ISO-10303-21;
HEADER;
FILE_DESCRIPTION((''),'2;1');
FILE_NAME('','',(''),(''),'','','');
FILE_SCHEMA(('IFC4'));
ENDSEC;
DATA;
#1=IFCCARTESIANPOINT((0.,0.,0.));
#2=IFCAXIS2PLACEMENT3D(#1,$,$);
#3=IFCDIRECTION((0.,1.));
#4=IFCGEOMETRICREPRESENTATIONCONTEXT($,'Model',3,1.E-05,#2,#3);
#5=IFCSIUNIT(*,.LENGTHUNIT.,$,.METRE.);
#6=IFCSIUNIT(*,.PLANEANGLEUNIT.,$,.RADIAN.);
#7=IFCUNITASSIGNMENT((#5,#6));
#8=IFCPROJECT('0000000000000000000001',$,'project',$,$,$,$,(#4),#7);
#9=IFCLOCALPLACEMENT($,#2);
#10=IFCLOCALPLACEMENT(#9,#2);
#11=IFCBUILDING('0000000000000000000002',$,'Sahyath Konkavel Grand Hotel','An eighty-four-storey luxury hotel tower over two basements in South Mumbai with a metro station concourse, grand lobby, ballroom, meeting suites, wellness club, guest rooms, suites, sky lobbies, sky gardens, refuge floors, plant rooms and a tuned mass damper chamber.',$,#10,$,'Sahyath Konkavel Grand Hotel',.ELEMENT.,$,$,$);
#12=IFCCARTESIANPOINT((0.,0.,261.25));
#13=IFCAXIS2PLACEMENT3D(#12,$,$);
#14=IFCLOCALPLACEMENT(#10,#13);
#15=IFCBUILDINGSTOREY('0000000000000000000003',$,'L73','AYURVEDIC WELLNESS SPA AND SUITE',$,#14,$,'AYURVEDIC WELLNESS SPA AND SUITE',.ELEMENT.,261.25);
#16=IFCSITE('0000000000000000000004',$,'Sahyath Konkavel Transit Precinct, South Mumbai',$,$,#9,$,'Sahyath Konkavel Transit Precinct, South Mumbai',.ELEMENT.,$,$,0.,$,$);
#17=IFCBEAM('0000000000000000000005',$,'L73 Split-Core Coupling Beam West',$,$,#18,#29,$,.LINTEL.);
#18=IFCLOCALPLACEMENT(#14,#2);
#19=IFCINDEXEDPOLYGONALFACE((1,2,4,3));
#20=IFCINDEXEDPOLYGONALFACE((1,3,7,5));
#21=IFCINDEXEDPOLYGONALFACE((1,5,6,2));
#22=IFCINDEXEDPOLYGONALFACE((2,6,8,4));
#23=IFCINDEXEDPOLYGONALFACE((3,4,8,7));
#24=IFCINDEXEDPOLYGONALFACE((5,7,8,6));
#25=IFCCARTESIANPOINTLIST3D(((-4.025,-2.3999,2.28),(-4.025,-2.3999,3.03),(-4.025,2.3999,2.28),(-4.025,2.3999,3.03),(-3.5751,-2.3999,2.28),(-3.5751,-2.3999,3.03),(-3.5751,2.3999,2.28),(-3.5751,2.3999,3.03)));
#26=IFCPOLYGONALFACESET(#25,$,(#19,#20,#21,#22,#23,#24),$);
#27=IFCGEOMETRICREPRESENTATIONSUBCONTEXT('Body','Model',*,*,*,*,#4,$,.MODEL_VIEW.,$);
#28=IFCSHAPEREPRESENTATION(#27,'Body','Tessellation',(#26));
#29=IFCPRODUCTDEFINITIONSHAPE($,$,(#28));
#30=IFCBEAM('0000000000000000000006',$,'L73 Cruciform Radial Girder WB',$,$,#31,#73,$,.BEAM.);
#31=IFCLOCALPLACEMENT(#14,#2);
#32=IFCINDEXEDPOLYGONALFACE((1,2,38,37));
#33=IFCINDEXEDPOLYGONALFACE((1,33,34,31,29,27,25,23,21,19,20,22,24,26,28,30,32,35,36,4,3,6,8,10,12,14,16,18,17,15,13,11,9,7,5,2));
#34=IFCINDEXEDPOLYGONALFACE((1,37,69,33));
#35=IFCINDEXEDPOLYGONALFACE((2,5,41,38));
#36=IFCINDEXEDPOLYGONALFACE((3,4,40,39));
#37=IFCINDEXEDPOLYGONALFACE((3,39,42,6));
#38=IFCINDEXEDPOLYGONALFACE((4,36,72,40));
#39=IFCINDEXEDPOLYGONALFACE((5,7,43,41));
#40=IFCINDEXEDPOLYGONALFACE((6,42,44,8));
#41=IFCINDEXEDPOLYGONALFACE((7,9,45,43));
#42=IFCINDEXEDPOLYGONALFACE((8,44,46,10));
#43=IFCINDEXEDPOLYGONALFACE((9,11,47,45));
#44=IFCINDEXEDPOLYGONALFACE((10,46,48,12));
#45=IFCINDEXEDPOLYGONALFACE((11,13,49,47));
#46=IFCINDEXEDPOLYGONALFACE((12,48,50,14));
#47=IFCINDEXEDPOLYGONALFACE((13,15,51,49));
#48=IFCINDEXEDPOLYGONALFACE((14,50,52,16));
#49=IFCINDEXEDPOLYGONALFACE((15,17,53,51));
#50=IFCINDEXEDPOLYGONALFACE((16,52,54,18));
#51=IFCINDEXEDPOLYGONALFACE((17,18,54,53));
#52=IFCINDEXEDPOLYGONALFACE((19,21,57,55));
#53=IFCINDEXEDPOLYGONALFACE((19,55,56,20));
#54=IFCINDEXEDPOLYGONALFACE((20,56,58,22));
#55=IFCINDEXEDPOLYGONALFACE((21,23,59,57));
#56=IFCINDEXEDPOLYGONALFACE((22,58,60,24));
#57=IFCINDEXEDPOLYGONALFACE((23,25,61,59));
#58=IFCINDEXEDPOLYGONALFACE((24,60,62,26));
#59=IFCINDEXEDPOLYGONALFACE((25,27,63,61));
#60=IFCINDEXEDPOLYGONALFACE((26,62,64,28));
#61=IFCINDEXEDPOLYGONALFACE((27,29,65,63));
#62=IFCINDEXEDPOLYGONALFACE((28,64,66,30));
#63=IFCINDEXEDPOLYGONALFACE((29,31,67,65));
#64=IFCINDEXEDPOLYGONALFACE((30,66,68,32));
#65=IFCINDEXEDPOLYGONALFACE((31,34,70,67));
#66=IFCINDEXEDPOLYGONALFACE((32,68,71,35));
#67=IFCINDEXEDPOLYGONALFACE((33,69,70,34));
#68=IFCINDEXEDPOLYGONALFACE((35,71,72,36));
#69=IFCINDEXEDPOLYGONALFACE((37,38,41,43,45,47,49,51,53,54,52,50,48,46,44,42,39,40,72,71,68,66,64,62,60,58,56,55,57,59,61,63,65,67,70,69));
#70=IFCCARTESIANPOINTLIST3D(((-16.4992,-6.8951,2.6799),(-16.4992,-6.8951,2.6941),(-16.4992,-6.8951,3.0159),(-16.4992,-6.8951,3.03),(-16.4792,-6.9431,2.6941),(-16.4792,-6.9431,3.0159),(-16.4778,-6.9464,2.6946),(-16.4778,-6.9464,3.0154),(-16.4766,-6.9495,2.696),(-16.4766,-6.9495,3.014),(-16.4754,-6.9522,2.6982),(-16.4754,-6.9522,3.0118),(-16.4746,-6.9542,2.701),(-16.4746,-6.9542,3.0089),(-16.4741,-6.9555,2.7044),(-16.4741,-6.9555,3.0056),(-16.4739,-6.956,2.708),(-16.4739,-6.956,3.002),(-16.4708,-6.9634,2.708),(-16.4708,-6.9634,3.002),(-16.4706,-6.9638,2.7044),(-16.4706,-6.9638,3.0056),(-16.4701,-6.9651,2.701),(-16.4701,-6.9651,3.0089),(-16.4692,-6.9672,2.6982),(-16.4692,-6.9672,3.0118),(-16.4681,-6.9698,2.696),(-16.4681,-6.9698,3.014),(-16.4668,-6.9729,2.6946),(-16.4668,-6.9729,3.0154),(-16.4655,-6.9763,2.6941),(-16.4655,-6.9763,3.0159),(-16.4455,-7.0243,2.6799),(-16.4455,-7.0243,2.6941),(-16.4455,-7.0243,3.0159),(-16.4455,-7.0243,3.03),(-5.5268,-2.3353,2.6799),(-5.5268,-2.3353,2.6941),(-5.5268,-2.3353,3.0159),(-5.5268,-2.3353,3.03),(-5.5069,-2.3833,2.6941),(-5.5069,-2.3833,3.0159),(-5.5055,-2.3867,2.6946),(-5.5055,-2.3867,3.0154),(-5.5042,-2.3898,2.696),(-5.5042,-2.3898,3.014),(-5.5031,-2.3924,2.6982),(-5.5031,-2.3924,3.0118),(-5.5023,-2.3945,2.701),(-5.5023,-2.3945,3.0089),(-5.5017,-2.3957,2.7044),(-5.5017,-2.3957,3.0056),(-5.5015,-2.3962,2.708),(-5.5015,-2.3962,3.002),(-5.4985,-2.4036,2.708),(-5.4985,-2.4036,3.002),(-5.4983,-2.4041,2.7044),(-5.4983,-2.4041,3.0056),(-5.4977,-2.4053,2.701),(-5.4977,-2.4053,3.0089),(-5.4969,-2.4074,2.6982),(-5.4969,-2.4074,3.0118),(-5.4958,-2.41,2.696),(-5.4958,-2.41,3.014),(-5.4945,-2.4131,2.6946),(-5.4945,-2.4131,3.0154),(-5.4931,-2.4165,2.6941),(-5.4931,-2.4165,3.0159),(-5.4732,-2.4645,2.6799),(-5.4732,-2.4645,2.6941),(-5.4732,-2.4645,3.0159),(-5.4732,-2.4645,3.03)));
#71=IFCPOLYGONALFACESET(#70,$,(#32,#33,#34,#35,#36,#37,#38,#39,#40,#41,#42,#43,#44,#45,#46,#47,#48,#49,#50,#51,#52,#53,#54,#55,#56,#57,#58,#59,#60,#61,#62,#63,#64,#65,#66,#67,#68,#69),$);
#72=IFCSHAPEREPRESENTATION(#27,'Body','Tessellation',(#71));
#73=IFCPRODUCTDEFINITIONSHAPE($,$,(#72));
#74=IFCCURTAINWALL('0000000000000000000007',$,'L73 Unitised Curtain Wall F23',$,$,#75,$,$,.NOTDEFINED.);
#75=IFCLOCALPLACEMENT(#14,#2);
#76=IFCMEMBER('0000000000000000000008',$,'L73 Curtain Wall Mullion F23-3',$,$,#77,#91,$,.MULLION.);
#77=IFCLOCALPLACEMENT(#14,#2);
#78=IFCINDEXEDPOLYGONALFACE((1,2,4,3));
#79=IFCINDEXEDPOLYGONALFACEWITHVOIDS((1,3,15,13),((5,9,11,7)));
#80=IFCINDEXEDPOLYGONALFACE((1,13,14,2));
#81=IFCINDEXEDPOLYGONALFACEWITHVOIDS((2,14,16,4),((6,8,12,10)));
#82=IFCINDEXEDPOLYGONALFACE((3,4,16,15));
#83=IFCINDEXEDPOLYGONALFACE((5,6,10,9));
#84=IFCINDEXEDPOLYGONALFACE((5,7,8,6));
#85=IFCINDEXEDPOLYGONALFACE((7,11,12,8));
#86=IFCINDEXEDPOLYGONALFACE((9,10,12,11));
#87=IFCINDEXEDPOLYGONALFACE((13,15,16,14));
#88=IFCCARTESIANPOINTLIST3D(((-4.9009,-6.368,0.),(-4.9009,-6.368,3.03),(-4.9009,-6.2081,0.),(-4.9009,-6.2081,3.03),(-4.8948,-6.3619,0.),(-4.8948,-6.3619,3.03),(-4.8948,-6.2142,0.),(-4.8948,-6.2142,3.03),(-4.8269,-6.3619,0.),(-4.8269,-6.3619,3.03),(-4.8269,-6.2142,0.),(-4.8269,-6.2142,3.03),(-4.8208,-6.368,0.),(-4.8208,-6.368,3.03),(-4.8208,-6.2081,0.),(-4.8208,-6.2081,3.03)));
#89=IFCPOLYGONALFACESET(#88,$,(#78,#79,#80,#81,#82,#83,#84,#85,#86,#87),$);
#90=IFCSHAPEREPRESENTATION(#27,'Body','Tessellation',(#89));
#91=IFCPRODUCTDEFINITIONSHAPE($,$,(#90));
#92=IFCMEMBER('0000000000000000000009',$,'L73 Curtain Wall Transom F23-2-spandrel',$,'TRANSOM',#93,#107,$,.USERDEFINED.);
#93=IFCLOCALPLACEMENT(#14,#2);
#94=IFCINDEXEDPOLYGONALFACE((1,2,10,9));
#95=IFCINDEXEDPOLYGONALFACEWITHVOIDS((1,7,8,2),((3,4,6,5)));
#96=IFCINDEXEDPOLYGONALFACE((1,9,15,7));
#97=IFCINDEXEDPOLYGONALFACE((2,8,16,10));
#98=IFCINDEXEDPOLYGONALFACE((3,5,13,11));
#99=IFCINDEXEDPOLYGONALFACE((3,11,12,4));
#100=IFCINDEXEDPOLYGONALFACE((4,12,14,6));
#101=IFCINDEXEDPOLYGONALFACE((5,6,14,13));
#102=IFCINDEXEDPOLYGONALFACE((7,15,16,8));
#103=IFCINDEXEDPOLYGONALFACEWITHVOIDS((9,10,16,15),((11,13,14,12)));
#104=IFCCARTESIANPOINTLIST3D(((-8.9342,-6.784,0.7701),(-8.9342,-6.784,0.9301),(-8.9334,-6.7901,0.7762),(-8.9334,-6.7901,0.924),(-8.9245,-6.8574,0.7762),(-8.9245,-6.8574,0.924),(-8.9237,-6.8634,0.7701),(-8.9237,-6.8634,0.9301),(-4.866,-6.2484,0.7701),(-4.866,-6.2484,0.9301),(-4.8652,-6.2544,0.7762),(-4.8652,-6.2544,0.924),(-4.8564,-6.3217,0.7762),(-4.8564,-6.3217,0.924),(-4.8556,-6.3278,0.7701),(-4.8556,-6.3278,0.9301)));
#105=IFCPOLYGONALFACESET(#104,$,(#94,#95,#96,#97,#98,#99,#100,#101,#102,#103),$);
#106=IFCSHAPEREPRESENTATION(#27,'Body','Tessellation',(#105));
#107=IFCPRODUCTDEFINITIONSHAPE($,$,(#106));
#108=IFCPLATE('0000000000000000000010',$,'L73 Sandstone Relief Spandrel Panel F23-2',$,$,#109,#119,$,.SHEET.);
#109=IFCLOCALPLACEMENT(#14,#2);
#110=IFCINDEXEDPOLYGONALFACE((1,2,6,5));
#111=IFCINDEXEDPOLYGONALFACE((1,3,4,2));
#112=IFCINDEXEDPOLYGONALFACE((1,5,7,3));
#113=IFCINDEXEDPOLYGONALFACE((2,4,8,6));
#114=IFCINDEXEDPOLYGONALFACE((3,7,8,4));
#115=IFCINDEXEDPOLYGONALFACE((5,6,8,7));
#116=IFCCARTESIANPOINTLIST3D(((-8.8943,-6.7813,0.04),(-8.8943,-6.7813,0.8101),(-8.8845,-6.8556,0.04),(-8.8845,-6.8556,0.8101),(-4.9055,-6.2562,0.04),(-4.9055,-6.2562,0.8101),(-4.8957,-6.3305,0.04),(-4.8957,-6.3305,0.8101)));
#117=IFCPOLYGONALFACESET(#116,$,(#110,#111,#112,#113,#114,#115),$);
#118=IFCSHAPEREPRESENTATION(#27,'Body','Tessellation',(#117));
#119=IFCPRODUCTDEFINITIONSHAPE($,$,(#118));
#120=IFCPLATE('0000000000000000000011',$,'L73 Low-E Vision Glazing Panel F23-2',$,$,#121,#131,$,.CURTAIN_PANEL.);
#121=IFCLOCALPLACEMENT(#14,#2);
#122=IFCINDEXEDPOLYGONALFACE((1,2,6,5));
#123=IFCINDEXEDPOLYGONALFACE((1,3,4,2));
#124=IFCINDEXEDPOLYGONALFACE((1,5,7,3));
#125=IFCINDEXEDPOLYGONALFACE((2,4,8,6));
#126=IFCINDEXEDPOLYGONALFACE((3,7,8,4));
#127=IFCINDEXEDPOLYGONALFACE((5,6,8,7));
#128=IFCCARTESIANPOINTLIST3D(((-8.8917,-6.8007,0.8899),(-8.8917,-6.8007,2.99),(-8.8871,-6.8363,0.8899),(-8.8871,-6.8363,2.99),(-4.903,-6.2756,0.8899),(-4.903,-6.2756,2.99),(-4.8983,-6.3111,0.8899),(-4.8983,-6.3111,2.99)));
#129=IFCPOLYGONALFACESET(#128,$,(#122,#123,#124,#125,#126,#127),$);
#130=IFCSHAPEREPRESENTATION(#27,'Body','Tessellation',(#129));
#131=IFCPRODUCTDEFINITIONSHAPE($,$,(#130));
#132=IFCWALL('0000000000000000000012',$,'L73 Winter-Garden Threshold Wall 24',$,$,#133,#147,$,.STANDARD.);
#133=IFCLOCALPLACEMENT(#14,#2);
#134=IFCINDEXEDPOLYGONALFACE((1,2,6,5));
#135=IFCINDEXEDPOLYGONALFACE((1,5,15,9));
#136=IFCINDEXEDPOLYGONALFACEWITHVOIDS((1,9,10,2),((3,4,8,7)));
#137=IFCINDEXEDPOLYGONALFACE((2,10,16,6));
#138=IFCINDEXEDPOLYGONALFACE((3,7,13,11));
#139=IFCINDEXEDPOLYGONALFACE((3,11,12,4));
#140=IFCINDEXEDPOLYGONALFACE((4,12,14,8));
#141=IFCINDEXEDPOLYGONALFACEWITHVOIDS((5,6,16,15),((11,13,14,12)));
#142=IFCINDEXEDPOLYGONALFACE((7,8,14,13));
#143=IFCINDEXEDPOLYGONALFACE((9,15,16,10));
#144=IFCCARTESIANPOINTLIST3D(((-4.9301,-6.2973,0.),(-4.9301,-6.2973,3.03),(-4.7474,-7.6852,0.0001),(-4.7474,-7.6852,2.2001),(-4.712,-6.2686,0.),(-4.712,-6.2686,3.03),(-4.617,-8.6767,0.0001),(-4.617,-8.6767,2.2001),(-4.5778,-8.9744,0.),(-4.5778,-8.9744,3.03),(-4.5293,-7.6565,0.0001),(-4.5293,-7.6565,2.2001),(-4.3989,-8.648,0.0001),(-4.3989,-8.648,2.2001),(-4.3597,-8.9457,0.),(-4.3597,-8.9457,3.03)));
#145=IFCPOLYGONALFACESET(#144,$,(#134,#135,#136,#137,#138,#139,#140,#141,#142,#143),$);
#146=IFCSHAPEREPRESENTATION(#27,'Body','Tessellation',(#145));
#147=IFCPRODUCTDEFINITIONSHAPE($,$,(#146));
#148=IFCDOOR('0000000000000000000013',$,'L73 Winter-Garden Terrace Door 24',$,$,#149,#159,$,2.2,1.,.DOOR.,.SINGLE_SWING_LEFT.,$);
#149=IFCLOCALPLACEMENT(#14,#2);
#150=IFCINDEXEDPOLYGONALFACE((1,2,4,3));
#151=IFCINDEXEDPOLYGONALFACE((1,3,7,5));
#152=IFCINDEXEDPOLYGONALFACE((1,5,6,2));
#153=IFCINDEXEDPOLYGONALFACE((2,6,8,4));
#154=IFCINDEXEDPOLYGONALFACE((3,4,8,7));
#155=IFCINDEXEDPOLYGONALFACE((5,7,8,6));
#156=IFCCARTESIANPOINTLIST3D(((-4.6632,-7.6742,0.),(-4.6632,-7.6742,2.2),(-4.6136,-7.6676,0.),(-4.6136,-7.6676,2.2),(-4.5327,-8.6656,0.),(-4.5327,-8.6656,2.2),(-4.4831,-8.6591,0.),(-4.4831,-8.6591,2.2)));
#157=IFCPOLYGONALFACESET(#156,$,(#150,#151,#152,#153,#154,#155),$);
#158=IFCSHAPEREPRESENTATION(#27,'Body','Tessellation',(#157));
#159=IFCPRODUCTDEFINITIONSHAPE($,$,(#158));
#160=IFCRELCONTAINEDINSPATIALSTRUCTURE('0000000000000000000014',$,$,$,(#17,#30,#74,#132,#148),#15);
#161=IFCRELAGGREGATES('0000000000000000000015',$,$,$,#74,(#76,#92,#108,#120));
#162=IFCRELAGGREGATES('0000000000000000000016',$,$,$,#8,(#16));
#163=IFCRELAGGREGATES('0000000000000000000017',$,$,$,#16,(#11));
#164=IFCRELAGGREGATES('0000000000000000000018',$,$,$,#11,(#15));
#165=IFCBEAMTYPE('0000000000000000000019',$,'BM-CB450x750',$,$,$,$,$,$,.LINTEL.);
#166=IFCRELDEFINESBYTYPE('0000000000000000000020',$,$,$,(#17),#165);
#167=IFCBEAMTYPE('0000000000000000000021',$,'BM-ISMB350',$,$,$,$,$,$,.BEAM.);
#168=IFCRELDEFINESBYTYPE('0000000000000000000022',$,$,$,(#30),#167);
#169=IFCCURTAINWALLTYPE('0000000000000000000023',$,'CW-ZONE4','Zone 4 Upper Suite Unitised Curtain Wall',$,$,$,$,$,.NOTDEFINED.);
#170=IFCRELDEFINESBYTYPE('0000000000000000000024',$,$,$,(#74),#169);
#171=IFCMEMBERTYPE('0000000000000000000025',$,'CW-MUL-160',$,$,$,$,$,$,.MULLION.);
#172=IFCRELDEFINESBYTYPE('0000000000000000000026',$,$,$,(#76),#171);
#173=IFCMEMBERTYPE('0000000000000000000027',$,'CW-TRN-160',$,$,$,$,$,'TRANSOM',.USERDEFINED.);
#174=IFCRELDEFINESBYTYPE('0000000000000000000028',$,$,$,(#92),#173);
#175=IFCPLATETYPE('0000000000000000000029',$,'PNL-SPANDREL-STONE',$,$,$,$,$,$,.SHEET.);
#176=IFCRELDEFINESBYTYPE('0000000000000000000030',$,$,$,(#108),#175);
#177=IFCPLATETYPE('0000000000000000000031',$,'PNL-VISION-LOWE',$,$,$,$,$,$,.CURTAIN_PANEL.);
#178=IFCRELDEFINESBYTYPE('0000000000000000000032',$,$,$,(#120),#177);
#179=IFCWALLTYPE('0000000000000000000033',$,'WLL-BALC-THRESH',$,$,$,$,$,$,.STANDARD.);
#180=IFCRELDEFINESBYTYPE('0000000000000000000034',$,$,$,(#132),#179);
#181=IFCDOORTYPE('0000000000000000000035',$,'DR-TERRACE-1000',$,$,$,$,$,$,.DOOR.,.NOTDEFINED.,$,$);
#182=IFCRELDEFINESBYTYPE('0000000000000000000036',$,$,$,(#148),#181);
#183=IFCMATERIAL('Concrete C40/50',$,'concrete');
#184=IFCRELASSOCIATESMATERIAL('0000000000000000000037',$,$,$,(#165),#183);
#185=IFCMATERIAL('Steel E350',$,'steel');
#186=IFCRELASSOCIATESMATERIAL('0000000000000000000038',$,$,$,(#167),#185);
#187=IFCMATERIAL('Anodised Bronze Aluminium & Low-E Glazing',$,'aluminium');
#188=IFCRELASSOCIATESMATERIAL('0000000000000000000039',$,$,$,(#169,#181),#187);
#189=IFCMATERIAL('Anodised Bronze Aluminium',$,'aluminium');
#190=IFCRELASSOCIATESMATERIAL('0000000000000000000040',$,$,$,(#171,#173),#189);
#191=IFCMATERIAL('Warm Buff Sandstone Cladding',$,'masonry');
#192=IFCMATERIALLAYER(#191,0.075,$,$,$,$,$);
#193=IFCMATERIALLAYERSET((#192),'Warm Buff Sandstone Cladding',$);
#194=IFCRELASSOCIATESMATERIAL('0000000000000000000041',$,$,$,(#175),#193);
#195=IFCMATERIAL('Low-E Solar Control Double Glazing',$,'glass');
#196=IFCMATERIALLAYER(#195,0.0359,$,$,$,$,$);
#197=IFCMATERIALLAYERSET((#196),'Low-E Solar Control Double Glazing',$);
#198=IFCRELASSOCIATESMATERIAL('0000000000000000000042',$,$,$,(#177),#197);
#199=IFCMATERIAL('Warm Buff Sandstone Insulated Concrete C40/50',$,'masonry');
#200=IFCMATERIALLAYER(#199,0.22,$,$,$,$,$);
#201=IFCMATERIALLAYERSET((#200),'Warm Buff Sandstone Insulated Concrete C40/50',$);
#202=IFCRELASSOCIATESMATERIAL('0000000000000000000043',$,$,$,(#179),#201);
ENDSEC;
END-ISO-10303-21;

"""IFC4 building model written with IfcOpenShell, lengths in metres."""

from ifc_helpers import new_model, si_unit, direction, frame, frame_2d, origin, origin_2d, place, context, subcontext, project, spatial, rectangle, hollow_rectangle, i_section, extrude, source, transform, mapped, material, layer, layer_set, material_profile, profile_set, type_object, element, fill, aggregate, save


model = new_model("IFC4")

# Units and contexts
model_context = context("Model", 3, precision=1e-05, world=origin(), true_north=direction((0.0, 1.0)))
body_context = subcontext(model_context, "Body", "Model", "MODEL_VIEW")
ifc_project = project(units=[si_unit("LENGTHUNIT", "METRE"), si_unit("PLANEANGLEUNIT", "RADIAN")], contexts=[model_context])

# Site, building, storey
site_placement = place(None, origin())
site = spatial("IfcSite", under=ifc_project, at=site_placement, Name="Sahyath Konkavel Transit Precinct, South Mumbai", LongName="Sahyath Konkavel Transit Precinct, South Mumbai", CompositionType="ELEMENT", RefElevation=0.0)
building_placement = place(site_placement, origin())
building = spatial("IfcBuilding", under=site, at=building_placement, Name="Sahyath Konkavel Grand Hotel", Description="An eighty-four-storey luxury hotel tower over two basements in South Mumbai with a metro station concourse, grand lobby, ballroom, meeting suites, wellness club, guest rooms, suites, sky lobbies, sky gardens, refuge floors, plant rooms and a tuned mass damper chamber.", LongName="Sahyath Konkavel Grand Hotel", CompositionType="ELEMENT")
storey_placement = place(building_placement, frame((0.0, 0.0, 261.25)))
storey = spatial("IfcBuildingStorey", under=building, at=storey_placement, Name="L73", Description="AYURVEDIC WELLNESS SPA AND SUITE", LongName="AYURVEDIC WELLNESS SPA AND SUITE", CompositionType="ELEMENT", Elevation=261.25)

# Shared definitions
ifc_material_1 = material(Name="Concrete C40/50", Category="concrete")

# Beams
ifc_material_2 = material(Name="Steel E350", Category="steel")
ifc_material_profile_1 = material_profile(ifc_material_1, rectangle(XDim=0.45, YDim=0.75, at=origin_2d()), Name="RC 450x750")
ifc_profile_set_1 = profile_set([ifc_material_profile_1], Name="Concrete C40/50")
beam_type_1 = type_object("IfcBeamType", Name="BM-CB450x750", PredefinedType="LINTEL", material=ifc_profile_set_1)
shared_shape_1 = source(origin(), body_context, "Body", "SweptSolid", [
    extrude(rectangle(XDim=0.45, YDim=0.75, at=origin_2d()), origin(), (0.0, 0.0, 1.0), 4.7998),
])
beam_1_placement = place(storey_placement, frame((-3.8, -2.3999, 2.655), z_axis=(0.0, 1.0, 0.0), x_axis=(-1.0, 0.0, 0.0)))
element("IfcBeam", 1, at=beam_1_placement, inside=storey, type_object=beam_type_1, Name="L73 Split-Core Coupling Beam West", PredefinedType="LINTEL", context=body_context, shape_type="MappedRepresentation", body=[
    mapped(shared_shape_1, transform((0.0, 0.0, 0.0), scale=1.0)),
])
ifc_material_profile_2 = material_profile(ifc_material_2, i_section(OverallWidth=0.1399, OverallDepth=0.3501, WebThickness=0.0081, FlangeThickness=0.0142, FilletRadius=0.0139, at=origin_2d()), Name="ISMB 350")
ifc_profile_set_2 = profile_set([ifc_material_profile_2], Name="Steel E350")
beam_type_2 = type_object("IfcBeamType", Name="BM-ISMB350", PredefinedType="BEAM", material=ifc_profile_set_2)
shared_shape_2 = source(origin(), body_context, "Body", "SweptSolid", [
    extrude(i_section(OverallWidth=0.1399, OverallDepth=0.3501, WebThickness=0.0081, FlangeThickness=0.0142, FilletRadius=0.0139, at=origin_2d()), origin(), (0.0, 0.0, 1.0), 11.8821),
])
beam_2_placement = place(storey_placement, frame((-5.5, -2.3999, 2.855), z_axis=(-0.923436, -0.383753, 0.0), x_axis=(0.383753, -0.923436, 0.0)))
element("IfcBeam", 2, at=beam_2_placement, inside=storey, type_object=beam_type_2, Name="L73 Cruciform Radial Girder WB", PredefinedType="BEAM", context=body_context, shape_type="MappedRepresentation", body=[
    mapped(shared_shape_2, transform((0.0, 0.0, 0.0), scale=1.0)),
])

# Curtain wall, members, plates
ifc_material_3 = material(Name="Anodised Bronze Aluminium & Low-E Glazing", Category="aluminium")
curtain_wall_type = type_object("IfcCurtainWallType", Name="CW-ZONE4", Description="Zone 4 Upper Suite Unitised Curtain Wall", PredefinedType="NOTDEFINED", material=ifc_material_3)
curtain_wall_placement = place(storey_placement, origin())
curtain_wall = element("IfcCurtainWall", 3, at=curtain_wall_placement, inside=storey, type_object=curtain_wall_type, Name="L73 Unitised Curtain Wall F23", PredefinedType="NOTDEFINED")
ifc_material_4 = material(Name="Anodised Bronze Aluminium", Category="aluminium")
ifc_material_profile_3 = material_profile(ifc_material_4, hollow_rectangle(XDim=0.0801, YDim=0.1599, WallThickness=0.0061, at=origin_2d()), Name="RHS 160x80x6")
ifc_profile_set_3 = profile_set([ifc_material_profile_3], Name="Anodised Bronze Aluminium")
member_type_1 = type_object("IfcMemberType", Name="CW-MUL-160", PredefinedType="MULLION", material=ifc_profile_set_3)
shared_shape_3 = source(origin(), body_context, "Body", "SweptSolid", [
    extrude(hollow_rectangle(XDim=0.0801, YDim=0.1599, WallThickness=0.0061, at=origin_2d()), origin(), (0.0, 0.0, 1.0), 3.03),
])
member_1_placement = place(storey_placement, frame((-4.8608, -6.2881, 0.0), z_axis=(0.0, 0.0, 1.0), x_axis=(1.0, 0.0, 0.0)))
member_1 = element("IfcMember", 4, at=member_1_placement, type_object=member_type_1, Name="L73 Curtain Wall Mullion F23-3", PredefinedType="MULLION", context=body_context, shape_type="MappedRepresentation", body=[
    mapped(shared_shape_3, transform((0.0, 0.0, 0.0), scale=1.0)),
])
ifc_material_profile_4 = material_profile(ifc_material_4, hollow_rectangle(XDim=0.0801, YDim=0.1599, WallThickness=0.0061, at=origin_2d()), Name="RHS 160x80x6")
ifc_profile_set_4 = profile_set([ifc_material_profile_4], Name="Anodised Bronze Aluminium")
member_type_2 = type_object("IfcMemberType", Name="CW-TRN-160", ElementType="TRANSOM", PredefinedType="USERDEFINED", material=ifc_profile_set_4)
shared_shape_4 = source(origin(), body_context, "Body", "SweptSolid", [
    extrude(hollow_rectangle(XDim=0.0801, YDim=0.1599, WallThickness=0.0061, at=origin_2d()), origin(), (0.0, 0.0, 1.0), 4.1033),
])
member_2_placement = place(storey_placement, frame((-8.929, -6.8237, 0.8501), z_axis=(0.991443, 0.130542, 0.0), x_axis=(-0.130542, 0.991443, 0.0)))
member_2 = element("IfcMember", 5, at=member_2_placement, type_object=member_type_2, Name="L73 Curtain Wall Transom F23-2-spandrel", ObjectType="TRANSOM", PredefinedType="USERDEFINED", context=body_context, shape_type="MappedRepresentation", body=[
    mapped(shared_shape_4, transform((0.0, 0.0, 0.0), scale=1.0)),
])
ifc_material_5 = material(Name="Warm Buff Sandstone Cladding", Category="masonry")
ifc_layer_1 = layer(ifc_material_5, 0.075)
ifc_layer_set_1 = layer_set([ifc_layer_1], Name="Warm Buff Sandstone Cladding")
plate_type_1 = type_object("IfcPlateType", Name="PNL-SPANDREL-STONE", PredefinedType="SHEET", material=ifc_layer_set_1)
shared_shape_5 = source(origin(), body_context, "Body", "SweptSolid", [
    extrude(rectangle(XDim=4.0232, YDim=0.075, at=origin_2d()), origin(), (0.0, 0.0, 1.0), 0.77),
])
plate_1_placement = place(storey_placement, frame((-6.895, -6.5559, 0.04), z_axis=(0.0, 0.0, 1.0), x_axis=(0.991445, 0.130526, 0.0)))
plate_1 = element("IfcPlate", 6, at=plate_1_placement, type_object=plate_type_1, Name="L73 Sandstone Relief Spandrel Panel F23-2", PredefinedType="SHEET", context=body_context, shape_type="MappedRepresentation", body=[
    mapped(shared_shape_5, transform((0.0, 0.0, 0.0), scale=1.0)),
])
ifc_material_6 = material(Name="Low-E Solar Control Double Glazing", Category="glass")
ifc_layer_2 = layer(ifc_material_6, 0.0359)
ifc_layer_set_2 = layer_set([ifc_layer_2], Name="Low-E Solar Control Double Glazing")
plate_type_2 = type_object("IfcPlateType", Name="PNL-VISION-LOWE", PredefinedType="CURTAIN_PANEL", material=ifc_layer_set_2)
shared_shape_6 = source(origin(), body_context, "Body", "SweptSolid", [
    extrude(rectangle(XDim=4.0232, YDim=0.0359, at=origin_2d()), origin(), (0.0, 0.0, 1.0), 2.1001),
])
plate_2_placement = place(storey_placement, frame((-6.895, -6.5559, 0.8899), z_axis=(0.0, 0.0, 1.0), x_axis=(0.991445, 0.130526, 0.0)))
plate_2 = element("IfcPlate", 7, at=plate_2_placement, type_object=plate_type_2, Name="L73 Low-E Vision Glazing Panel F23-2", PredefinedType="CURTAIN_PANEL", context=body_context, shape_type="MappedRepresentation", body=[
    mapped(shared_shape_6, transform((0.0, 0.0, 0.0), scale=1.0)),
])
aggregate(curtain_wall, [member_1, member_2, plate_1, plate_2])

# Wall, opening, door
ifc_material_7 = material(Name="Warm Buff Sandstone Insulated Concrete C40/50", Category="masonry")
ifc_layer_3 = layer(ifc_material_7, 0.22)
ifc_layer_set_3 = layer_set([ifc_layer_3], Name="Warm Buff Sandstone Insulated Concrete C40/50")
wall_type_1 = type_object("IfcWallType", Name="WLL-BALC-THRESH", PredefinedType="STANDARD", material=ifc_layer_set_3)
wall_1_placement = place(storey_placement, frame((-4.821, -6.283, 0.0), z_axis=(0.0, 0.0, 1.0), x_axis=(0.130476, -0.991452, 0.0)))
wall_1 = element("IfcWall", 8, at=wall_1_placement, inside=storey, type_object=wall_type_1, Name="L73 Winter-Garden Threshold Wall 24", PredefinedType="STANDARD", context=body_context, shape_type="SweptSolid", body=[
    extrude(rectangle(XDim=2.7002, YDim=0.22, at=frame_2d((1.3501, 0.0))), origin(), (0.0, 0.0, 1.0), 3.03),
])
opening_1_placement = place(wall_1_placement, frame((1.3999, 0.0, 0.0)))
opening_1 = element("IfcOpeningElement", 9, at=opening_1_placement, cuts=wall_1, PredefinedType="OPENING", context=body_context, shape_type="SweptSolid", body=[
    extrude(rectangle(XDim=1.0, YDim=2.2, at=frame_2d((0.5, 1.1001))), frame((0.0, 0.1201, 0.0), z_axis=(0.0, -1.0, 0.0), x_axis=(1.0, 0.0, 0.0)), (0.0, 0.0, 1.0), 0.24),
])
door_type_1 = type_object("IfcDoorType", Name="DR-TERRACE-1000", OperationType="NOTDEFINED", PredefinedType="DOOR", material=ifc_material_3)
shared_shape_7 = source(origin(), body_context, "Body", "SweptSolid", [
    extrude(rectangle(XDim=1.0, YDim=0.05, at=origin_2d()), origin(), (0.0, 0.0, 1.0), 2.2),
])
door_1_placement = place(opening_1_placement, frame((0.5, 0.0, 0.0)))
door_1 = element("IfcDoor", 10, at=door_1_placement, inside=storey, type_object=door_type_1, Name="L73 Winter-Garden Terrace Door 24", OperationType="SINGLE_SWING_LEFT", OverallHeight=2.2, OverallWidth=1.0, PredefinedType="DOOR", context=body_context, shape_type="MappedRepresentation", body=[
    mapped(shared_shape_7, transform((0.0, 0.0, 0.0), scale=1.0)),
])
fill(opening_1, door_1)

save(model, "model.ifc")
